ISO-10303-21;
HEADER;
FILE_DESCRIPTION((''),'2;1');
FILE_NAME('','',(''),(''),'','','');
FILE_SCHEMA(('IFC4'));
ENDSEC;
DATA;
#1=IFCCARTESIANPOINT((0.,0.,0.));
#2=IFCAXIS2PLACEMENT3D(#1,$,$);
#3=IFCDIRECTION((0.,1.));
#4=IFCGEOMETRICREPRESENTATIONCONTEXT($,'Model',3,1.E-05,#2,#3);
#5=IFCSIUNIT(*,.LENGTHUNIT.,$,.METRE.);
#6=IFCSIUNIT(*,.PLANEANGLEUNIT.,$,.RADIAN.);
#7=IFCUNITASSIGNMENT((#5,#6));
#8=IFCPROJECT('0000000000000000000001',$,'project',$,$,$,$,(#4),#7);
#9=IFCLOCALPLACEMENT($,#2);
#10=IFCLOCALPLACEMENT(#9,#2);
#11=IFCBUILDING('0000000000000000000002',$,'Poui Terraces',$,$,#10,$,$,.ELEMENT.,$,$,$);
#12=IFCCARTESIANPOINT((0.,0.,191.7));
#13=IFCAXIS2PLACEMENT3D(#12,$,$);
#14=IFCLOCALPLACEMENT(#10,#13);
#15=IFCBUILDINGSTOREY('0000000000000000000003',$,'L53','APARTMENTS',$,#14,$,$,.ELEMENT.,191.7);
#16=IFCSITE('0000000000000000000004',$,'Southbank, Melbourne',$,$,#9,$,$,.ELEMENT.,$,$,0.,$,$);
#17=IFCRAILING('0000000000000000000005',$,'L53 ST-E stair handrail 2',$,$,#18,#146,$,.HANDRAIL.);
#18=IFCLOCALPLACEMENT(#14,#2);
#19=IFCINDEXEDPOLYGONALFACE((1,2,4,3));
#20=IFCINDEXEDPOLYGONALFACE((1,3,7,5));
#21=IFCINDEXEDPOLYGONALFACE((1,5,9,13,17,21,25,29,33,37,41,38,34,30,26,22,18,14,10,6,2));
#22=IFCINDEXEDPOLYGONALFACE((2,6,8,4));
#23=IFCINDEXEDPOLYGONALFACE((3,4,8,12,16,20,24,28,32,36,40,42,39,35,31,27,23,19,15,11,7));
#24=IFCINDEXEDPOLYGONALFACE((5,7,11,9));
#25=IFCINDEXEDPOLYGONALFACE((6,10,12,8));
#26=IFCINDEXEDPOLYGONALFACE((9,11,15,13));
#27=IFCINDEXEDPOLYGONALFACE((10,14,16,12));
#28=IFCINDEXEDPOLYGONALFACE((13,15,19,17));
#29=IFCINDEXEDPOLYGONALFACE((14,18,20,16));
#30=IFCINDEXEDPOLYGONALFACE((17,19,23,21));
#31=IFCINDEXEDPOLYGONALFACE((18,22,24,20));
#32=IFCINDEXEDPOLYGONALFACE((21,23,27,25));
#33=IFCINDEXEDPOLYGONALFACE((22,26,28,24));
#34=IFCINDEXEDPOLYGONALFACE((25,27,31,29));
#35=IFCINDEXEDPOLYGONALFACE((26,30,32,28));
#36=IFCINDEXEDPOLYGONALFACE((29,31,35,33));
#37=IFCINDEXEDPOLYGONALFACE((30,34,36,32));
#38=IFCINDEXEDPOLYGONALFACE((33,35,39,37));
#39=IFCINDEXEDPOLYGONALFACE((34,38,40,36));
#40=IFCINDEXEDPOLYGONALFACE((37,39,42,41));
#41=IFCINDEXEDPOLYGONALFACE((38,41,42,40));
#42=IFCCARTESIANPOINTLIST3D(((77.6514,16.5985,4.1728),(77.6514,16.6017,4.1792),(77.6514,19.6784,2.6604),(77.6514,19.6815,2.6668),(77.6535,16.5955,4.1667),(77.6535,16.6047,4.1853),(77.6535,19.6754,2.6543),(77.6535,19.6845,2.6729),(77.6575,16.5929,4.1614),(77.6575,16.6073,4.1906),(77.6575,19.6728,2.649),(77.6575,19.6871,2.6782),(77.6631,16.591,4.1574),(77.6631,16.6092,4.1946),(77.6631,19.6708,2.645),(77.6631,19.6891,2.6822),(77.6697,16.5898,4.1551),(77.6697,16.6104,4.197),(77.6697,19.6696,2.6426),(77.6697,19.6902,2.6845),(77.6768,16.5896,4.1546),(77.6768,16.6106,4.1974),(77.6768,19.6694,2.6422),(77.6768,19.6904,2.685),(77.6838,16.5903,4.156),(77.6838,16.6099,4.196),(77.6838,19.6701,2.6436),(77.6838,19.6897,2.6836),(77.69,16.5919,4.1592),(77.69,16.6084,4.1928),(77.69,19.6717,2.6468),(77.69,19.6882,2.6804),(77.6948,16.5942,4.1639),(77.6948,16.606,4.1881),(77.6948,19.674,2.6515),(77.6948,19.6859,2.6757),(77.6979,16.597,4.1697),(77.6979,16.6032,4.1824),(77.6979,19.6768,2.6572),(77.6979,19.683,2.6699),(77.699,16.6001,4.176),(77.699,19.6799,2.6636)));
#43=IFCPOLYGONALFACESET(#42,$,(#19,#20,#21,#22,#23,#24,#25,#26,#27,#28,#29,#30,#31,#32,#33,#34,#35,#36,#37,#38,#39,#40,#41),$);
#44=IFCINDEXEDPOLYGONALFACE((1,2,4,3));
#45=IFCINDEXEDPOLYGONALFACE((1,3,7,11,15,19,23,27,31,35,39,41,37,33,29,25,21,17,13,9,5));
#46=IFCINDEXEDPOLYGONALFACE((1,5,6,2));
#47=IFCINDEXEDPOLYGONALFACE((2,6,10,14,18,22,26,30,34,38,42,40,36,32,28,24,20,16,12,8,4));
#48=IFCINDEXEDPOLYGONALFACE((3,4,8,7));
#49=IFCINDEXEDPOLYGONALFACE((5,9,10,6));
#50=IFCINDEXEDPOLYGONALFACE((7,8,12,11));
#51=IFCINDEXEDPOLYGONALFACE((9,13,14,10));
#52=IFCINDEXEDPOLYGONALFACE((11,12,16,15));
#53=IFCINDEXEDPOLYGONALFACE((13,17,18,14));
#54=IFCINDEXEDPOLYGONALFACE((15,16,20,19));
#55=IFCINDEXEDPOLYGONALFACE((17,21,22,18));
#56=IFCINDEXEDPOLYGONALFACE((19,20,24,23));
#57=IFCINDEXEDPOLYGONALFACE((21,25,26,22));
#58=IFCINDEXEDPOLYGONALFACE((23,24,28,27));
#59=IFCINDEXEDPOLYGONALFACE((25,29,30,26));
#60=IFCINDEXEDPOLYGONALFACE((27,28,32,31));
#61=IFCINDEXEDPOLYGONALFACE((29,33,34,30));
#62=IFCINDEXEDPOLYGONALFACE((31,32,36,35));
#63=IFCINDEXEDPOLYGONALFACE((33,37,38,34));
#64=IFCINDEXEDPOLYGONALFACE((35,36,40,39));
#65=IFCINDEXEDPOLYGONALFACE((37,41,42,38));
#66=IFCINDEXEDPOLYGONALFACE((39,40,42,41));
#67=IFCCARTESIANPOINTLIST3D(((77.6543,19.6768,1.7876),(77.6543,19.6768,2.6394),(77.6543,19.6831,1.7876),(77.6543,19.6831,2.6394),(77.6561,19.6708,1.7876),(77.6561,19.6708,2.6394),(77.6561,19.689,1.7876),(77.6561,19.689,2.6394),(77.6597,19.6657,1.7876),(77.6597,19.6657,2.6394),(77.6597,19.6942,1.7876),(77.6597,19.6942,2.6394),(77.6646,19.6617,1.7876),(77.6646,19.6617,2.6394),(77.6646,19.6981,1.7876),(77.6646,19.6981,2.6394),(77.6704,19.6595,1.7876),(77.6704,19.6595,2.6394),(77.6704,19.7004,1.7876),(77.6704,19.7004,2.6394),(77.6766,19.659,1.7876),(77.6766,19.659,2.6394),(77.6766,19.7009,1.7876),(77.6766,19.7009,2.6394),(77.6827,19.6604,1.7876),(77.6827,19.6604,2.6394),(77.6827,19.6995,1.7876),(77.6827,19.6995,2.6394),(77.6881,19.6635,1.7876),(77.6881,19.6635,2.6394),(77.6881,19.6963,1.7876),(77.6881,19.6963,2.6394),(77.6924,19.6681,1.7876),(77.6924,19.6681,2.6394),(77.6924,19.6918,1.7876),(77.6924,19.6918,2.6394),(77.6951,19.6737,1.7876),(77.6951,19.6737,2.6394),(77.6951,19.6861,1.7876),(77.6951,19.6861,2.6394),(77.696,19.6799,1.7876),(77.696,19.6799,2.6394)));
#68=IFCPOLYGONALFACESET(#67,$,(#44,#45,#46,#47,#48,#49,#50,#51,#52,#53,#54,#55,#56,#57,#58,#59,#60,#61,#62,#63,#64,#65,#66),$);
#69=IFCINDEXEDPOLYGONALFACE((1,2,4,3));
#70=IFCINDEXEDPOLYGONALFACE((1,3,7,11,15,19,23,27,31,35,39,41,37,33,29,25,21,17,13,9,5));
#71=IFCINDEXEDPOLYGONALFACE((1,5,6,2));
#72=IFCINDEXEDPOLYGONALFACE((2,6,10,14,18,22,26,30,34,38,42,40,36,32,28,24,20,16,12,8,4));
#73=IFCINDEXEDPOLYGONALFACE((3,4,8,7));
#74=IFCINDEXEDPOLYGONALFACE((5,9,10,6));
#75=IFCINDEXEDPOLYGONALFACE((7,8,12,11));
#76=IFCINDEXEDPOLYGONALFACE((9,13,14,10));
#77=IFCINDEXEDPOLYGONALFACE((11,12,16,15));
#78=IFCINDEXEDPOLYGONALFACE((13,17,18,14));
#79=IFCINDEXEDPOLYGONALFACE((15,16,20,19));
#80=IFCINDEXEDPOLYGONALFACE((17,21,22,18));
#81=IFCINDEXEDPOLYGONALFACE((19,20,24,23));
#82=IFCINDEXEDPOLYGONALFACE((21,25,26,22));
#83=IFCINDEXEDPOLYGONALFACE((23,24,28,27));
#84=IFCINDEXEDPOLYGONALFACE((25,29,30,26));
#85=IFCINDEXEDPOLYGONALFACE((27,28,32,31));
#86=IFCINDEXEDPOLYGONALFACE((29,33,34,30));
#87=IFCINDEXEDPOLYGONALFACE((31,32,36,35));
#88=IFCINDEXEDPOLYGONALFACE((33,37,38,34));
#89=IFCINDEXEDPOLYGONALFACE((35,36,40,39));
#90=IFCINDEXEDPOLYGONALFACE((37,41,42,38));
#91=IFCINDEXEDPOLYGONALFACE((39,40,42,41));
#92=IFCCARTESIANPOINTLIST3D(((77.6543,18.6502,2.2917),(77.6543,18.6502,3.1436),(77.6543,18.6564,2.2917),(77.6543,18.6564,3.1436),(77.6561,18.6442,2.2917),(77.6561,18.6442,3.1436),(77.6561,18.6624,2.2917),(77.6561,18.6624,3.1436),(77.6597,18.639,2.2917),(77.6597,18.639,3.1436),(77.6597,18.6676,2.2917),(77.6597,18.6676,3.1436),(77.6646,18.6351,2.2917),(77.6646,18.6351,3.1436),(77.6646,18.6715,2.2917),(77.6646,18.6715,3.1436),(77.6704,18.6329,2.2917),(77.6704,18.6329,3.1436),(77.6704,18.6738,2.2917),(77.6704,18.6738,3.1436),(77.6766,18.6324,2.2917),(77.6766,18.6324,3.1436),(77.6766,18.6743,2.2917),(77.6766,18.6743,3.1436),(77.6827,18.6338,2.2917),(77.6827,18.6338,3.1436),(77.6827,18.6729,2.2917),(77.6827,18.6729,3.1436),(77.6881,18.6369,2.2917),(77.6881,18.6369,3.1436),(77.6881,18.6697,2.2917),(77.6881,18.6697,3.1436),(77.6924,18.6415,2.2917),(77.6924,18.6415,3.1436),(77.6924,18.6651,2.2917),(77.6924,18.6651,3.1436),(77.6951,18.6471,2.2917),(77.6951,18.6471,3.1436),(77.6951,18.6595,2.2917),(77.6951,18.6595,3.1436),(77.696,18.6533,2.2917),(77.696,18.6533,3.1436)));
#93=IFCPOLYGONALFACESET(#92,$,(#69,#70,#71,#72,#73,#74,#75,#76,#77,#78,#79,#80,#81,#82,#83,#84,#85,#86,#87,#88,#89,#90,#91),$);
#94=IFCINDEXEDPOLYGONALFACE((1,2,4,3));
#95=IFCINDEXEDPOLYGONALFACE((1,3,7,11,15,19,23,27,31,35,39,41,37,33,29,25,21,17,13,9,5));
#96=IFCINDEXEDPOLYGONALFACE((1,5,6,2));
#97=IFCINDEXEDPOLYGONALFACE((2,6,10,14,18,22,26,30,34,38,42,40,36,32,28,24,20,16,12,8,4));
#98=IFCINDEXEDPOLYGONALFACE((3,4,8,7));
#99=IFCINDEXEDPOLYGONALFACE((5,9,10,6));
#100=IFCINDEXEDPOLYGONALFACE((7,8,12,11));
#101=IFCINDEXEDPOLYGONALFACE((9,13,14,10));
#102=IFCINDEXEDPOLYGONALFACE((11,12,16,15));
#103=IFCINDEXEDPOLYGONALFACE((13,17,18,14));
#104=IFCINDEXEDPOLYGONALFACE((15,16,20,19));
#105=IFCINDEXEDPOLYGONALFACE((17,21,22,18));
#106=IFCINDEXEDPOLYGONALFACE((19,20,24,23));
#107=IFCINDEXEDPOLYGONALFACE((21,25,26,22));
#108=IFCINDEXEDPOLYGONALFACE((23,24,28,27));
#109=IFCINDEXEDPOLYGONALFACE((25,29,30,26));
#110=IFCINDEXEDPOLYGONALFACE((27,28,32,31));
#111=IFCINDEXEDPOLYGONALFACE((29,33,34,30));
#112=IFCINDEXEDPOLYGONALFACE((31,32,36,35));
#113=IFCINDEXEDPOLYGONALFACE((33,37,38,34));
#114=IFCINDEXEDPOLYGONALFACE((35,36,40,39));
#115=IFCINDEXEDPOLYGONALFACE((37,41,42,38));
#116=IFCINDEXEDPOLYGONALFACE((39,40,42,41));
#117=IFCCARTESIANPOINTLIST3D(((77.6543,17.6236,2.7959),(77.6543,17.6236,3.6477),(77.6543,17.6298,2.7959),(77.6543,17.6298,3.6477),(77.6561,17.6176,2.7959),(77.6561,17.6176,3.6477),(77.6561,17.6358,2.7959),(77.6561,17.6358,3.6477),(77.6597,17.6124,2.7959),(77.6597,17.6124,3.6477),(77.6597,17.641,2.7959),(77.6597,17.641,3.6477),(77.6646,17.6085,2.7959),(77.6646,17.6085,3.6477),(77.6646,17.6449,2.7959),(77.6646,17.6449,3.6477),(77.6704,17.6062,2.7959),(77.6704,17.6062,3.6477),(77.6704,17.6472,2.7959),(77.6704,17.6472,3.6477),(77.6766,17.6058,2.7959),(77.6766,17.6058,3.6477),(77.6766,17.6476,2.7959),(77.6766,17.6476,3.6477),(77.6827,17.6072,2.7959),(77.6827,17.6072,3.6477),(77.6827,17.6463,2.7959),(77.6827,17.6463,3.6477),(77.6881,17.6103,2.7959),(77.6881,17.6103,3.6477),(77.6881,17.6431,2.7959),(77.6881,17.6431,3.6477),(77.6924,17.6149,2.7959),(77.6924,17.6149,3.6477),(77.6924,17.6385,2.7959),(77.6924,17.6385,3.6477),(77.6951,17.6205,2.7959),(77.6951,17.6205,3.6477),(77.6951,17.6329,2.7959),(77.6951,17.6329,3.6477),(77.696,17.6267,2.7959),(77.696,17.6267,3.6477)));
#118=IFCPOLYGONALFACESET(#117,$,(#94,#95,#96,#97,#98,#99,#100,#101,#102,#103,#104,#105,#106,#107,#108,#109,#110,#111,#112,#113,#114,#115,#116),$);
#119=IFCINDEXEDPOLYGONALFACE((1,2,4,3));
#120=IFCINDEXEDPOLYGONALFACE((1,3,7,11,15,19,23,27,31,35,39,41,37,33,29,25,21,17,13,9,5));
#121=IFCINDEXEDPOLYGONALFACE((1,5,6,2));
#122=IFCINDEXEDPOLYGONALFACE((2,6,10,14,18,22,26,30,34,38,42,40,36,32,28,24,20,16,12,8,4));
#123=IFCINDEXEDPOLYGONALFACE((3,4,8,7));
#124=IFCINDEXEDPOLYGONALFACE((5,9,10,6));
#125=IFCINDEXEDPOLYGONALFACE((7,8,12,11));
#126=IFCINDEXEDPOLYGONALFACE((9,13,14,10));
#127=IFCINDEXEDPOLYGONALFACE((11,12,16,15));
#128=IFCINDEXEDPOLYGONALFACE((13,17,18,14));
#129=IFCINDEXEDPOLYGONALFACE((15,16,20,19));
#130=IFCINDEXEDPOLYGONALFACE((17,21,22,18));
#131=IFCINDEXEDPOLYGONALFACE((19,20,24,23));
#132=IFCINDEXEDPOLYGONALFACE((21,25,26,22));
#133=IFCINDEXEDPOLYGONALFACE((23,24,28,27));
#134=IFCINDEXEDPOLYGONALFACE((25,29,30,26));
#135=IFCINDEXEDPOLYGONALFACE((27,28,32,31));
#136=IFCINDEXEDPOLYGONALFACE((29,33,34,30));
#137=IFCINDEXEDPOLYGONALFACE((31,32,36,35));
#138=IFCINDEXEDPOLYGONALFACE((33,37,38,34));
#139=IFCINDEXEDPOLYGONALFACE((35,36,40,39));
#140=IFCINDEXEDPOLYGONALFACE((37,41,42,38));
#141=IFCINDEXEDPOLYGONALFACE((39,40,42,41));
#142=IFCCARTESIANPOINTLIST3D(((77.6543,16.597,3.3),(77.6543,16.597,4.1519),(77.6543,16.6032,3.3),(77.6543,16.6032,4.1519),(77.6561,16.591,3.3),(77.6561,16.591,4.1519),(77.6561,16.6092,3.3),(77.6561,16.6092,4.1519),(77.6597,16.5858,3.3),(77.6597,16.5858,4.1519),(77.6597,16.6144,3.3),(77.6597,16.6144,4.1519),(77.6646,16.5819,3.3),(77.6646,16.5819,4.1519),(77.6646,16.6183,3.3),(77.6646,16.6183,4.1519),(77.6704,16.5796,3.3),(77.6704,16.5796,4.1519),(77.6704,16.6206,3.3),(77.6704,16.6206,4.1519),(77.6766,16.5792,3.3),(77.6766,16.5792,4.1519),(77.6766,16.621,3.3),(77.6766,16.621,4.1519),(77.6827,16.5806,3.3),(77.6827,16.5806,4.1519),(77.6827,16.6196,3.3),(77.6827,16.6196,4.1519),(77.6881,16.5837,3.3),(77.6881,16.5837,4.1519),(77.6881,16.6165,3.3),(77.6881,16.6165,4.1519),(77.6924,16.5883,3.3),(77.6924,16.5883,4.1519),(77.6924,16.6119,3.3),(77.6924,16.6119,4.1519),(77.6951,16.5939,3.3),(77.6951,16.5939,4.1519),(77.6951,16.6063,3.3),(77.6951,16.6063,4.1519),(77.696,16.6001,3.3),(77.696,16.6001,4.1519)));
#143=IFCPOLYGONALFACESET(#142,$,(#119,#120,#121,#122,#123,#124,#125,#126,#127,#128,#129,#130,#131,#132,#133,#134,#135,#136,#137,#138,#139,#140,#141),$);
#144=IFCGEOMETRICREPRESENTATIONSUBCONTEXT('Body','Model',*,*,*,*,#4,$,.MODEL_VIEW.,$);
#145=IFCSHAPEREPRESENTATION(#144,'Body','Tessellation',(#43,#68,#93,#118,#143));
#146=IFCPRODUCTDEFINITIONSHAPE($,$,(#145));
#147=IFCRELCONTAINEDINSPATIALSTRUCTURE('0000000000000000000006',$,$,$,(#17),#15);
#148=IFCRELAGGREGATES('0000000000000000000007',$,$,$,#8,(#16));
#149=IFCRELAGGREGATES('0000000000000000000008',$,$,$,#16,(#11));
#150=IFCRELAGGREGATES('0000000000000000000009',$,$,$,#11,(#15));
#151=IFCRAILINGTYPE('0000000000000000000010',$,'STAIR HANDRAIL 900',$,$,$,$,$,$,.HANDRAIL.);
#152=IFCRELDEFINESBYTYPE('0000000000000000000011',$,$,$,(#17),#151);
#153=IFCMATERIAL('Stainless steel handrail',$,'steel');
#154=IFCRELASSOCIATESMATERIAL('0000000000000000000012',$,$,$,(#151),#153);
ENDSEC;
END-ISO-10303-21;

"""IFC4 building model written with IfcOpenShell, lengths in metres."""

from ifc_helpers import new_model, si_unit, direction, frame, origin, origin_2d, place, context, subcontext, project, spatial, circle, extrude, material, type_object, element, save


model = new_model("IFC4")

# Units and contexts
model_context = context("Model", 3, precision=1e-05, world=origin(), true_north=direction((0.0, 1.0)))
body_context = subcontext(model_context, "Body", "Model", "MODEL_VIEW")
ifc_project = project(units=[si_unit("LENGTHUNIT", "METRE"), si_unit("PLANEANGLEUNIT", "RADIAN")], contexts=[model_context])

# Site, building, storey
site_placement = place(None, origin())
site = spatial("IfcSite", under=ifc_project, at=site_placement, Name="Southbank, Melbourne", CompositionType="ELEMENT", RefElevation=0.0)
building_placement = place(site_placement, origin())
building = spatial("IfcBuilding", under=site, at=building_placement, Name="Poui Terraces", CompositionType="ELEMENT")
storey_placement = place(building_placement, frame((0.0, 0.0, 191.7)))
storey = spatial("IfcBuildingStorey", under=building, at=storey_placement, Name="L53", Description="APARTMENTS", CompositionType="ELEMENT", Elevation=191.7)

# Railing
ifc_material_1 = material(Name="Stainless steel handrail", Category="steel")
railing_type_1 = type_object("IfcRailingType", Name="STAIR HANDRAIL 900", PredefinedType="HANDRAIL", material=ifc_material_1)
railing_1_placement = place(storey_placement, frame((77.675, 19.6799, 1.7876)))
element("IfcRailing", 1, at=railing_1_placement, inside=storey, type_object=railing_type_1, Name="L53 ST-E stair handrail 2", PredefinedType="HANDRAIL", context=body_context, shape_type="SweptSolid", body=[
    extrude(circle(Radius=0.0239, at=origin_2d()), frame((0.0, 0.0, 0.876), z_axis=(0.0, -0.897606, 0.440798), x_axis=(1.0, 0.0, 0.0)), (0.0, 0.0, 1.0), 3.4312),
    extrude(circle(Radius=0.021, at=origin_2d()), origin(), (0.0, 0.0, 1.0), 0.8518),
    extrude(circle(Radius=0.021, at=origin_2d()), frame((0.0, -1.0266, 0.5042)), (0.0, 0.0, 1.0), 0.8518),
    extrude(circle(Radius=0.021, at=origin_2d()), frame((0.0, -2.0532, 1.0083)), (0.0, 0.0, 1.0), 0.8518),
    extrude(circle(Radius=0.021, at=origin_2d()), frame((0.0, -3.0798, 1.5125)), (0.0, 0.0, 1.0), 0.8518),
])

save(model, "model.ifc")
